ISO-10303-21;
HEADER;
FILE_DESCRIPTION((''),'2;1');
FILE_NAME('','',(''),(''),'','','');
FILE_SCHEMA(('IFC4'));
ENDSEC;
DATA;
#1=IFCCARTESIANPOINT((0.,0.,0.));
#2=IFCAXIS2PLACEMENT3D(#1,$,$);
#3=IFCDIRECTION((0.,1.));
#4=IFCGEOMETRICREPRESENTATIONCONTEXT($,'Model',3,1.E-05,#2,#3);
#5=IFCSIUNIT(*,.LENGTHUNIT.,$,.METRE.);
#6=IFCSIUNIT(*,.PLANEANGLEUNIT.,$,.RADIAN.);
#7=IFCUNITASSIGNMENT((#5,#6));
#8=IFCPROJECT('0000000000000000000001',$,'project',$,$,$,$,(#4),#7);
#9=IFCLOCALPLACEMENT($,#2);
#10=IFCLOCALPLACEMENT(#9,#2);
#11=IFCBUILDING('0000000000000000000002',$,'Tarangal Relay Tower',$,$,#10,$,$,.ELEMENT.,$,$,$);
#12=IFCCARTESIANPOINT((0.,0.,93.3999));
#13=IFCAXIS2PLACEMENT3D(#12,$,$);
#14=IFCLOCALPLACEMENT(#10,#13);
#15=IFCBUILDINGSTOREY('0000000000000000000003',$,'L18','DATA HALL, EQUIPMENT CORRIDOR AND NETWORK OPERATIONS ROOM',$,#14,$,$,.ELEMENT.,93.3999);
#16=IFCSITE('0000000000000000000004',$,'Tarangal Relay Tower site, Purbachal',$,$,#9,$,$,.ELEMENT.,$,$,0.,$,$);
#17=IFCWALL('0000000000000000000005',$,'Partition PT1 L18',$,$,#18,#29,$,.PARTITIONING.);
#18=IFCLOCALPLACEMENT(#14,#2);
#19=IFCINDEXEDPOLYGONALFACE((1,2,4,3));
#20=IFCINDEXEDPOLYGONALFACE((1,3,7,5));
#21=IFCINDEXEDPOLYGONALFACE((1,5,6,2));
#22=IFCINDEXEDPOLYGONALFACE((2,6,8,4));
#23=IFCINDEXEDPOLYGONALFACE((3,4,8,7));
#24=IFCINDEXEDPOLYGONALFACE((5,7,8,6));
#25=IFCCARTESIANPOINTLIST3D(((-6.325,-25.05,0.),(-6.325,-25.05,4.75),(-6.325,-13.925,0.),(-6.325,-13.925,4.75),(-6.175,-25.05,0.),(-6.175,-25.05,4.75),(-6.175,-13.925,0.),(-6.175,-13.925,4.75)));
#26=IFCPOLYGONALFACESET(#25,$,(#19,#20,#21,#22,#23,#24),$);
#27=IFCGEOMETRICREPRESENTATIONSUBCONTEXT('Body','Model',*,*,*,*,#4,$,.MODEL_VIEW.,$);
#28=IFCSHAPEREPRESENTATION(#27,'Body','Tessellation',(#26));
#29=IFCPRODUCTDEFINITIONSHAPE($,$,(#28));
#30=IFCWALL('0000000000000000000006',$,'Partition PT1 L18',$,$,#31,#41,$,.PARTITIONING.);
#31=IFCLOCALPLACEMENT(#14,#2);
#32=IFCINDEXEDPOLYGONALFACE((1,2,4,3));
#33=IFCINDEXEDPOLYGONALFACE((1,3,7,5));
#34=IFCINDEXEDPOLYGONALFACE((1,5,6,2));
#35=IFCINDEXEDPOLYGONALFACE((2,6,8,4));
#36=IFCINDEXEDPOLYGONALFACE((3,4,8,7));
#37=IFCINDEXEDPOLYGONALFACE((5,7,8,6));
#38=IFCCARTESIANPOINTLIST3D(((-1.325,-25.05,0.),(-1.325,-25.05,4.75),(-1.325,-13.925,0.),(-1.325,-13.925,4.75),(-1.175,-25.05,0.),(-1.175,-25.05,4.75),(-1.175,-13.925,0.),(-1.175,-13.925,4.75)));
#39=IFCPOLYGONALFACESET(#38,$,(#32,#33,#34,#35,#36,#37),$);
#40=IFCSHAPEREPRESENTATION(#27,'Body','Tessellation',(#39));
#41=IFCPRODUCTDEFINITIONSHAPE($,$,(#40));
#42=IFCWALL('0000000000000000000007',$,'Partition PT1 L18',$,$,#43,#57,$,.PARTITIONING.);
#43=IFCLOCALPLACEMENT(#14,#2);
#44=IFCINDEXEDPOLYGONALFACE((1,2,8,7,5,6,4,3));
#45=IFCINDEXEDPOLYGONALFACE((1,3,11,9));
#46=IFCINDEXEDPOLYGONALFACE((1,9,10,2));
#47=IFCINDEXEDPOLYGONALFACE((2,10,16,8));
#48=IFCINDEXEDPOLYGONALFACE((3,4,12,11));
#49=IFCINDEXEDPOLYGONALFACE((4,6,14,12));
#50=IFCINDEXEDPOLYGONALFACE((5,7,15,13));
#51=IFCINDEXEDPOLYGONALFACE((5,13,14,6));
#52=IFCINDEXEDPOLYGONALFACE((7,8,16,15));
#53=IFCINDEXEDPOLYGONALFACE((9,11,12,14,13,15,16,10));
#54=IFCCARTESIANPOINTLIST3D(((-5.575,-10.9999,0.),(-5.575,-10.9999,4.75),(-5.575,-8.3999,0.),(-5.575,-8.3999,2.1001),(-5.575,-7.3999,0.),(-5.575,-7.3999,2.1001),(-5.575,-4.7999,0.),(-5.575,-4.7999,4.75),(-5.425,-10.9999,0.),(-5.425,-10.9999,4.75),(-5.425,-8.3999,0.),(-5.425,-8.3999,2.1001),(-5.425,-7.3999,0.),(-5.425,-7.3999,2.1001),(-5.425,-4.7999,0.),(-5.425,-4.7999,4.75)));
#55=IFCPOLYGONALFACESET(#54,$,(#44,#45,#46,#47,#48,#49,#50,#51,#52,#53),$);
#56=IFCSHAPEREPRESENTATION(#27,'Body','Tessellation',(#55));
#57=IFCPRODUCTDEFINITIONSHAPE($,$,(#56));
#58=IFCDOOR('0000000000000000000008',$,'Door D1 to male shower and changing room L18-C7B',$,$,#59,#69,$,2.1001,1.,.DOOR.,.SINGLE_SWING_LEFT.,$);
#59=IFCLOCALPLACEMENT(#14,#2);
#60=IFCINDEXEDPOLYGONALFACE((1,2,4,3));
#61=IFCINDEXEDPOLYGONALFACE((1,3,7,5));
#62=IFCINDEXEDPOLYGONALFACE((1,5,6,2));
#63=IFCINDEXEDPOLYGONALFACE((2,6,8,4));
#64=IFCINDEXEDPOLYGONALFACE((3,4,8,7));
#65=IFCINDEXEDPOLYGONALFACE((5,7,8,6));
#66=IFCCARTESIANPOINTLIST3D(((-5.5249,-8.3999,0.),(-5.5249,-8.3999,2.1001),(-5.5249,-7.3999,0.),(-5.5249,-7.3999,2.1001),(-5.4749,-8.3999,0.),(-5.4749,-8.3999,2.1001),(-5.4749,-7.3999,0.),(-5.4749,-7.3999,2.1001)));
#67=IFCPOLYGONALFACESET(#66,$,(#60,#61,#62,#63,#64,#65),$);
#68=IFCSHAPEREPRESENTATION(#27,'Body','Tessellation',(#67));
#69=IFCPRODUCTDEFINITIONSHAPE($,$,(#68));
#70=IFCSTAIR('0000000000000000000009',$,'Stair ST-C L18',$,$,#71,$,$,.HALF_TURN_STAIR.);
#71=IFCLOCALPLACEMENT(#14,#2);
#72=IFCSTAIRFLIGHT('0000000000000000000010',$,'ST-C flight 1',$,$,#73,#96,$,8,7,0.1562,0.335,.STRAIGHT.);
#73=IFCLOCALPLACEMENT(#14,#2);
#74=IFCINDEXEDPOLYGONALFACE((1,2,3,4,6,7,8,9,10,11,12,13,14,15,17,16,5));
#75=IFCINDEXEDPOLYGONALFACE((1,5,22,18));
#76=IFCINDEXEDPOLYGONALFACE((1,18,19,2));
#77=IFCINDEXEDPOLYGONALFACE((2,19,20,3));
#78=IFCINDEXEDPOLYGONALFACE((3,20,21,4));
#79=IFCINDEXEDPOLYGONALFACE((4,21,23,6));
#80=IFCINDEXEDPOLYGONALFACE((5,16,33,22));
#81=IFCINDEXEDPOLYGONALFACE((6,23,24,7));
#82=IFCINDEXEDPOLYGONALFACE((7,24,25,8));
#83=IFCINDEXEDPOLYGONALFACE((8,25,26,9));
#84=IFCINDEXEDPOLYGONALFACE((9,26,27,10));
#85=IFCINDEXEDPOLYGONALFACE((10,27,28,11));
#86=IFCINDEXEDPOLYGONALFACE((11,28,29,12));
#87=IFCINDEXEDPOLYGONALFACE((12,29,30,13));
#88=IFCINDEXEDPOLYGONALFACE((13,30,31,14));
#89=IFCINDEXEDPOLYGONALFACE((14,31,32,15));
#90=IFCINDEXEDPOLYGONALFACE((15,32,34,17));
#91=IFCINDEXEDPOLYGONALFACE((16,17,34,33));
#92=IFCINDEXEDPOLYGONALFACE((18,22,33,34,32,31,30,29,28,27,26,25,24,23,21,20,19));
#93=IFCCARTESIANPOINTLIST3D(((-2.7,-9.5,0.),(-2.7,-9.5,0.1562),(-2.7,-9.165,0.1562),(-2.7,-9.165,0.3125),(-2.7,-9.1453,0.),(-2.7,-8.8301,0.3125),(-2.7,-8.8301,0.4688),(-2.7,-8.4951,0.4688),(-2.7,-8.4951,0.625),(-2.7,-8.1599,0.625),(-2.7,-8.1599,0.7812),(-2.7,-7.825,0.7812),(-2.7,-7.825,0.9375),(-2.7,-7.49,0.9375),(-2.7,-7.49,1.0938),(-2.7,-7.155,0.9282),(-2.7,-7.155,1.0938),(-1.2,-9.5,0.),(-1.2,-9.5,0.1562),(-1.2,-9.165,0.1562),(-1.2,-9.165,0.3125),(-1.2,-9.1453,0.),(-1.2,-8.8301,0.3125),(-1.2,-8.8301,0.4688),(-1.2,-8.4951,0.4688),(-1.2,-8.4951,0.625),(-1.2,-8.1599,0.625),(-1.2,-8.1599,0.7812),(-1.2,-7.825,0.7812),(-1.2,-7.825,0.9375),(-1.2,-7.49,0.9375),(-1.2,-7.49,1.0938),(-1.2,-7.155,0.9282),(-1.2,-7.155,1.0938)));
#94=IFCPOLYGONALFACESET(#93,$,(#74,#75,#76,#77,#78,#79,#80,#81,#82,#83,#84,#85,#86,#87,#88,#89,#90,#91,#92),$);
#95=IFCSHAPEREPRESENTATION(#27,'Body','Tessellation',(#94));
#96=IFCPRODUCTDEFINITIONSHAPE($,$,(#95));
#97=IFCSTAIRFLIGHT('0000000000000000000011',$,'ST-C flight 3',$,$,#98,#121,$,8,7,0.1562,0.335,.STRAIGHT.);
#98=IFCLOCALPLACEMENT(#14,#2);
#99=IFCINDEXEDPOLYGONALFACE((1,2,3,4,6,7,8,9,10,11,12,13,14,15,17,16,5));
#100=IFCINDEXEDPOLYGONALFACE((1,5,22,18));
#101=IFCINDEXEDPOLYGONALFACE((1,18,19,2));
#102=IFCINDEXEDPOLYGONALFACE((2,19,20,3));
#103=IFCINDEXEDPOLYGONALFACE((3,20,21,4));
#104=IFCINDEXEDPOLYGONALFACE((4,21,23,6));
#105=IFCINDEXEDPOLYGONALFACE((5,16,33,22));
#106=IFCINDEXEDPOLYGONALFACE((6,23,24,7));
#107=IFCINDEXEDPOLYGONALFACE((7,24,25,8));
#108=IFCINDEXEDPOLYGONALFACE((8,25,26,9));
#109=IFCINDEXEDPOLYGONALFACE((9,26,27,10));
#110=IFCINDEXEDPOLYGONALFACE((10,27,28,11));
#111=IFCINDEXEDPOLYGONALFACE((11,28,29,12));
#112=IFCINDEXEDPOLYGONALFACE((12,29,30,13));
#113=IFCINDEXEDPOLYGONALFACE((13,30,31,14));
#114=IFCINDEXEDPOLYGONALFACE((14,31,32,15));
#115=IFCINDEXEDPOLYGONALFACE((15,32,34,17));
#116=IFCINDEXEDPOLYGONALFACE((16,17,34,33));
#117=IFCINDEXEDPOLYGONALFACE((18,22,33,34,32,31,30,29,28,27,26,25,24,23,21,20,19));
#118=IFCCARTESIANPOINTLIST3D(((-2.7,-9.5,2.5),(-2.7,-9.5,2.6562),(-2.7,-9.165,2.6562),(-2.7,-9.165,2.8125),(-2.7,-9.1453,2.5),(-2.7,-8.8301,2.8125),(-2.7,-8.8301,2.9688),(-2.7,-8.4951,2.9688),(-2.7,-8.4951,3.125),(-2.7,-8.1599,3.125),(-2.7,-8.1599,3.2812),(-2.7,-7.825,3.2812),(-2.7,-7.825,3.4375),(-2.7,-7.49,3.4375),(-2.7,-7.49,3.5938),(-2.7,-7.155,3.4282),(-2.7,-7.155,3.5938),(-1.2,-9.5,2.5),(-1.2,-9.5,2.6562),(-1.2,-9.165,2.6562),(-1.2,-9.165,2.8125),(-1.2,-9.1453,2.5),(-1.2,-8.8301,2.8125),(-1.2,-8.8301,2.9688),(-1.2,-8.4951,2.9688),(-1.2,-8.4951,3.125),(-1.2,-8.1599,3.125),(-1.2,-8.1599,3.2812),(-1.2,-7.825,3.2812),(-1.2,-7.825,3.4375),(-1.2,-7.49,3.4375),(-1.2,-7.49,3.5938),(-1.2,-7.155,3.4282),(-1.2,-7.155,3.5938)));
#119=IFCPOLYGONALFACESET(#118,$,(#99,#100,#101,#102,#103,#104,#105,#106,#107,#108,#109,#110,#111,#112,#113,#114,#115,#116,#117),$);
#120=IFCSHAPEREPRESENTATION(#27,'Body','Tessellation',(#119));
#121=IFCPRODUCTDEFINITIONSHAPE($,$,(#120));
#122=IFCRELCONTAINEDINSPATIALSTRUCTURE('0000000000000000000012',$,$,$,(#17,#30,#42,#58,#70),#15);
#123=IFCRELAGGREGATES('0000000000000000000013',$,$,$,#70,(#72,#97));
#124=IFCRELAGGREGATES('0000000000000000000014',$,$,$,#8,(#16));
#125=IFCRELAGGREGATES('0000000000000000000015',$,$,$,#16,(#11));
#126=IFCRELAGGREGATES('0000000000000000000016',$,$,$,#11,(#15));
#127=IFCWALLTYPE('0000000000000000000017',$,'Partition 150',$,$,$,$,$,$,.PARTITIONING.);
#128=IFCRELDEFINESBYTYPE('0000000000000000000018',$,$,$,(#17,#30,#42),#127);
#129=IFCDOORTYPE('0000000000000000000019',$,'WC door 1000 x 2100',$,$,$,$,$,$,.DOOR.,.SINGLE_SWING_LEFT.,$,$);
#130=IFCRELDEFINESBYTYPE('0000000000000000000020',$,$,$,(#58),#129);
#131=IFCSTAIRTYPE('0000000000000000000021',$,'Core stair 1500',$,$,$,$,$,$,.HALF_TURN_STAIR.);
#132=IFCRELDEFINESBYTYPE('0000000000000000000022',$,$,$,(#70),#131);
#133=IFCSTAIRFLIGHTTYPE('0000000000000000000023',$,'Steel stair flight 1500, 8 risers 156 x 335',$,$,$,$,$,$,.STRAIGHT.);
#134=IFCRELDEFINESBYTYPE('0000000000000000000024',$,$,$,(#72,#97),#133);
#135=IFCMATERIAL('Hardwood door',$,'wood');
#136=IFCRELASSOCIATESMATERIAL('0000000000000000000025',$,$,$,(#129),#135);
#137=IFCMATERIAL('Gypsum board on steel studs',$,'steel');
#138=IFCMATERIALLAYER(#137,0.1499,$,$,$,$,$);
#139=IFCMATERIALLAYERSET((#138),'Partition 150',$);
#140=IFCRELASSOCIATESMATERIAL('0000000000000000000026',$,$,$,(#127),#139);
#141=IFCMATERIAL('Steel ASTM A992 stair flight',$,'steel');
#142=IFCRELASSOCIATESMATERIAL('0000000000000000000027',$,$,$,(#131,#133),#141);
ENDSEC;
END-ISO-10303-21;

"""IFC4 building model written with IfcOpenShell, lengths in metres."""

from ifc_helpers import new_model, si_unit, direction, frame, frame_2d, origin, place, context, subcontext, project, spatial, polyline, rectangle, outline, extrude, material, layer, layer_set, type_object, element, fill, aggregate, save


model = new_model("IFC4")

# Units and contexts
model_context = context("Model", 3, precision=1e-05, world=origin(), true_north=direction((0.0, 1.0)))
body_context = subcontext(model_context, "Body", "Model", "MODEL_VIEW")
ifc_project = project(units=[si_unit("LENGTHUNIT", "METRE"), si_unit("PLANEANGLEUNIT", "RADIAN")], contexts=[model_context])

# Site, building, storey
site_placement = place(None, origin())
site = spatial("IfcSite", under=ifc_project, at=site_placement, Name="Tarangal Relay Tower site, Purbachal", CompositionType="ELEMENT", RefElevation=0.0)
building_placement = place(site_placement, origin())
building = spatial("IfcBuilding", under=site, at=building_placement, Name="Tarangal Relay Tower", CompositionType="ELEMENT")
storey_placement = place(building_placement, frame((0.0, 0.0, 93.3999)))
storey = spatial("IfcBuildingStorey", under=building, at=storey_placement, Name="L18", Description="DATA HALL, EQUIPMENT CORRIDOR AND NETWORK OPERATIONS ROOM", CompositionType="ELEMENT", Elevation=93.3999)

# Shared definitions
ifc_material_1 = material(Name="Hardwood door", Category="wood")
door_type = type_object("IfcDoorType", Name="WC door 1000 x 2100", OperationType="SINGLE_SWING_LEFT", PredefinedType="DOOR", material=ifc_material_1)

# Walls
ifc_material_2 = material(Name="Gypsum board on steel studs", Category="steel")
ifc_layer_1 = layer(ifc_material_2, 0.1499)
ifc_layer_set_1 = layer_set([ifc_layer_1], Name="Partition 150")
wall_type_1 = type_object("IfcWallType", Name="Partition 150", PredefinedType="PARTITIONING", material=ifc_layer_set_1)
for number, where, z_axis, x_axis, name in (
    (1, (-6.25, -25.05, 0.0), (0.0, 0.0, 1.0), (0.0, 1.0, 0.0), "Partition PT1 L18"),
    (2, (-1.25, -25.05, 0.0), (0.0, 0.0, 1.0), (0.0, 1.0, 0.0), "Partition PT1 L18"),
):
    element("IfcWall", number, at=place(storey_placement, frame(where, z_axis=z_axis, x_axis=x_axis)), inside=storey, type_object=wall_type_1, Name=name, PredefinedType="PARTITIONING", context=body_context, shape_type="SweptSolid", body=[
        extrude(rectangle(XDim=11.125, YDim=0.1499, at=frame_2d((5.5625, 0.0))), origin(), (0.0, 0.0, 1.0), 4.75),
    ])

# Wall, opening, door
wall_1_placement = place(storey_placement, frame((-5.5, -11.0, 0.0), z_axis=(0.0, 0.0, 1.0), x_axis=(0.0, 1.0, 0.0)))
wall_1 = element("IfcWall", 3, at=wall_1_placement, inside=storey, type_object=wall_type_1, Name="Partition PT1 L18", PredefinedType="PARTITIONING", context=body_context, shape_type="SweptSolid", body=[
    extrude(rectangle(XDim=6.2, YDim=0.1499, at=frame_2d((3.1001, 0.0))), origin(), (0.0, 0.0, 1.0), 4.75),
])
opening_1_placement = place(wall_1_placement, frame((2.6001, 0.0, 0.0)))
opening_1 = element("IfcOpeningElement", 4, at=opening_1_placement, cuts=wall_1, PredefinedType="OPENING", context=body_context, shape_type="SweptSolid", body=[
    extrude(rectangle(XDim=1.0, YDim=2.1001, at=frame_2d((0.5, 1.05))), frame((0.0, 0.085, 0.0), z_axis=(0.0, -1.0, 0.0), x_axis=(1.0, 0.0, 0.0)), (0.0, 0.0, 1.0), 0.1699),
])
door_1_placement = place(opening_1_placement, origin())
door_1 = element("IfcDoor", 5, at=door_1_placement, inside=storey, type_object=door_type, Name="Door D1 to male shower and changing room L18-C7B", OperationType="SINGLE_SWING_LEFT", OverallHeight=2.1001, OverallWidth=1.0, PredefinedType="DOOR", context=body_context, shape_type="SweptSolid", body=[
    extrude(rectangle(XDim=1.0, YDim=2.1001, at=frame_2d((0.5, 1.05))), frame((0.0, 0.0249, 0.0), z_axis=(0.0, -1.0, 0.0), x_axis=(1.0, 0.0, 0.0)), (0.0, 0.0, 1.0), 0.05),
])
fill(opening_1, door_1)

# Stair, stair flights
ifc_material_3 = material(Name="Steel ASTM A992 stair flight", Category="steel")
stair_type = type_object("IfcStairType", Name="Core stair 1500", PredefinedType="HALF_TURN_STAIR", material=ifc_material_3)
stair_placement = place(storey_placement, origin())
stair = element("IfcStair", 6, at=stair_placement, inside=storey, type_object=stair_type, Name="Stair ST-C L18", PredefinedType="HALF_TURN_STAIR")
stair_flight_type = type_object("IfcStairFlightType", Name="Steel stair flight 1500, 8 risers 156 x 335", PredefinedType="STRAIGHT", material=ifc_material_3)
stair_flight_1_placement = place(storey_placement, frame((-1.95, -9.5, 0.0), z_axis=(0.0, 0.0, 1.0), x_axis=(0.0, 1.0, 0.0)))
stair_flight_1 = element("IfcStairFlight", 7, at=stair_flight_1_placement, type_object=stair_flight_type, Name="ST-C flight 1", NumberOfRisers=8, NumberOfTreads=7, PredefinedType="STRAIGHT", RiserHeight=0.1562, TreadLength=0.335, context=body_context, shape_type="SweptSolid", body=[
    extrude(outline(polyline([(0.0, 0.0), (0.0, 0.1562), (0.335, 0.1562), (0.335, 0.3125), (0.6699, 0.3125), (0.6699, 0.4688), (1.0049, 0.4688), (1.0049, 0.625), (1.3401, 0.625), (1.3401, 0.7812), (1.675, 0.7812), (1.675, 0.9375), (2.01, 0.9375), (2.01, 1.0938), (2.345, 1.0938), (2.345, 1.25), (2.345, 0.9282), (0.3547, 0.0), (0.0, 0.0)])), frame((0.0, 0.75, 0.0), z_axis=(0.0, -1.0, 0.0), x_axis=(1.0, 0.0, 0.0)), (0.0, 0.0, 1.0), 1.5),
])
stair_flight_2_placement = place(storey_placement, frame((-1.95, -9.5, 2.5), z_axis=(0.0, 0.0, 1.0), x_axis=(0.0, 1.0, 0.0)))
stair_flight_2 = element("IfcStairFlight", 8, at=stair_flight_2_placement, type_object=stair_flight_type, Name="ST-C flight 3", NumberOfRisers=8, NumberOfTreads=7, PredefinedType="STRAIGHT", RiserHeight=0.1562, TreadLength=0.335, context=body_context, shape_type="SweptSolid", body=[
    extrude(outline(polyline([(0.0, 0.0), (0.0, 0.1562), (0.335, 0.1562), (0.335, 0.3125), (0.6699, 0.3125), (0.6699, 0.4688), (1.0049, 0.4688), (1.0049, 0.625), (1.3401, 0.625), (1.3401, 0.7812), (1.675, 0.7812), (1.675, 0.9375), (2.01, 0.9375), (2.01, 1.0938), (2.345, 1.0938), (2.345, 1.25), (2.345, 0.9282), (0.3547, 0.0), (0.0, 0.0)])), frame((0.0, 0.75, 0.0), z_axis=(0.0, -1.0, 0.0), x_axis=(1.0, 0.0, 0.0)), (0.0, 0.0, 1.0), 1.5),
])
aggregate(stair, [stair_flight_1, stair_flight_2])

save(model, "model.ifc")
